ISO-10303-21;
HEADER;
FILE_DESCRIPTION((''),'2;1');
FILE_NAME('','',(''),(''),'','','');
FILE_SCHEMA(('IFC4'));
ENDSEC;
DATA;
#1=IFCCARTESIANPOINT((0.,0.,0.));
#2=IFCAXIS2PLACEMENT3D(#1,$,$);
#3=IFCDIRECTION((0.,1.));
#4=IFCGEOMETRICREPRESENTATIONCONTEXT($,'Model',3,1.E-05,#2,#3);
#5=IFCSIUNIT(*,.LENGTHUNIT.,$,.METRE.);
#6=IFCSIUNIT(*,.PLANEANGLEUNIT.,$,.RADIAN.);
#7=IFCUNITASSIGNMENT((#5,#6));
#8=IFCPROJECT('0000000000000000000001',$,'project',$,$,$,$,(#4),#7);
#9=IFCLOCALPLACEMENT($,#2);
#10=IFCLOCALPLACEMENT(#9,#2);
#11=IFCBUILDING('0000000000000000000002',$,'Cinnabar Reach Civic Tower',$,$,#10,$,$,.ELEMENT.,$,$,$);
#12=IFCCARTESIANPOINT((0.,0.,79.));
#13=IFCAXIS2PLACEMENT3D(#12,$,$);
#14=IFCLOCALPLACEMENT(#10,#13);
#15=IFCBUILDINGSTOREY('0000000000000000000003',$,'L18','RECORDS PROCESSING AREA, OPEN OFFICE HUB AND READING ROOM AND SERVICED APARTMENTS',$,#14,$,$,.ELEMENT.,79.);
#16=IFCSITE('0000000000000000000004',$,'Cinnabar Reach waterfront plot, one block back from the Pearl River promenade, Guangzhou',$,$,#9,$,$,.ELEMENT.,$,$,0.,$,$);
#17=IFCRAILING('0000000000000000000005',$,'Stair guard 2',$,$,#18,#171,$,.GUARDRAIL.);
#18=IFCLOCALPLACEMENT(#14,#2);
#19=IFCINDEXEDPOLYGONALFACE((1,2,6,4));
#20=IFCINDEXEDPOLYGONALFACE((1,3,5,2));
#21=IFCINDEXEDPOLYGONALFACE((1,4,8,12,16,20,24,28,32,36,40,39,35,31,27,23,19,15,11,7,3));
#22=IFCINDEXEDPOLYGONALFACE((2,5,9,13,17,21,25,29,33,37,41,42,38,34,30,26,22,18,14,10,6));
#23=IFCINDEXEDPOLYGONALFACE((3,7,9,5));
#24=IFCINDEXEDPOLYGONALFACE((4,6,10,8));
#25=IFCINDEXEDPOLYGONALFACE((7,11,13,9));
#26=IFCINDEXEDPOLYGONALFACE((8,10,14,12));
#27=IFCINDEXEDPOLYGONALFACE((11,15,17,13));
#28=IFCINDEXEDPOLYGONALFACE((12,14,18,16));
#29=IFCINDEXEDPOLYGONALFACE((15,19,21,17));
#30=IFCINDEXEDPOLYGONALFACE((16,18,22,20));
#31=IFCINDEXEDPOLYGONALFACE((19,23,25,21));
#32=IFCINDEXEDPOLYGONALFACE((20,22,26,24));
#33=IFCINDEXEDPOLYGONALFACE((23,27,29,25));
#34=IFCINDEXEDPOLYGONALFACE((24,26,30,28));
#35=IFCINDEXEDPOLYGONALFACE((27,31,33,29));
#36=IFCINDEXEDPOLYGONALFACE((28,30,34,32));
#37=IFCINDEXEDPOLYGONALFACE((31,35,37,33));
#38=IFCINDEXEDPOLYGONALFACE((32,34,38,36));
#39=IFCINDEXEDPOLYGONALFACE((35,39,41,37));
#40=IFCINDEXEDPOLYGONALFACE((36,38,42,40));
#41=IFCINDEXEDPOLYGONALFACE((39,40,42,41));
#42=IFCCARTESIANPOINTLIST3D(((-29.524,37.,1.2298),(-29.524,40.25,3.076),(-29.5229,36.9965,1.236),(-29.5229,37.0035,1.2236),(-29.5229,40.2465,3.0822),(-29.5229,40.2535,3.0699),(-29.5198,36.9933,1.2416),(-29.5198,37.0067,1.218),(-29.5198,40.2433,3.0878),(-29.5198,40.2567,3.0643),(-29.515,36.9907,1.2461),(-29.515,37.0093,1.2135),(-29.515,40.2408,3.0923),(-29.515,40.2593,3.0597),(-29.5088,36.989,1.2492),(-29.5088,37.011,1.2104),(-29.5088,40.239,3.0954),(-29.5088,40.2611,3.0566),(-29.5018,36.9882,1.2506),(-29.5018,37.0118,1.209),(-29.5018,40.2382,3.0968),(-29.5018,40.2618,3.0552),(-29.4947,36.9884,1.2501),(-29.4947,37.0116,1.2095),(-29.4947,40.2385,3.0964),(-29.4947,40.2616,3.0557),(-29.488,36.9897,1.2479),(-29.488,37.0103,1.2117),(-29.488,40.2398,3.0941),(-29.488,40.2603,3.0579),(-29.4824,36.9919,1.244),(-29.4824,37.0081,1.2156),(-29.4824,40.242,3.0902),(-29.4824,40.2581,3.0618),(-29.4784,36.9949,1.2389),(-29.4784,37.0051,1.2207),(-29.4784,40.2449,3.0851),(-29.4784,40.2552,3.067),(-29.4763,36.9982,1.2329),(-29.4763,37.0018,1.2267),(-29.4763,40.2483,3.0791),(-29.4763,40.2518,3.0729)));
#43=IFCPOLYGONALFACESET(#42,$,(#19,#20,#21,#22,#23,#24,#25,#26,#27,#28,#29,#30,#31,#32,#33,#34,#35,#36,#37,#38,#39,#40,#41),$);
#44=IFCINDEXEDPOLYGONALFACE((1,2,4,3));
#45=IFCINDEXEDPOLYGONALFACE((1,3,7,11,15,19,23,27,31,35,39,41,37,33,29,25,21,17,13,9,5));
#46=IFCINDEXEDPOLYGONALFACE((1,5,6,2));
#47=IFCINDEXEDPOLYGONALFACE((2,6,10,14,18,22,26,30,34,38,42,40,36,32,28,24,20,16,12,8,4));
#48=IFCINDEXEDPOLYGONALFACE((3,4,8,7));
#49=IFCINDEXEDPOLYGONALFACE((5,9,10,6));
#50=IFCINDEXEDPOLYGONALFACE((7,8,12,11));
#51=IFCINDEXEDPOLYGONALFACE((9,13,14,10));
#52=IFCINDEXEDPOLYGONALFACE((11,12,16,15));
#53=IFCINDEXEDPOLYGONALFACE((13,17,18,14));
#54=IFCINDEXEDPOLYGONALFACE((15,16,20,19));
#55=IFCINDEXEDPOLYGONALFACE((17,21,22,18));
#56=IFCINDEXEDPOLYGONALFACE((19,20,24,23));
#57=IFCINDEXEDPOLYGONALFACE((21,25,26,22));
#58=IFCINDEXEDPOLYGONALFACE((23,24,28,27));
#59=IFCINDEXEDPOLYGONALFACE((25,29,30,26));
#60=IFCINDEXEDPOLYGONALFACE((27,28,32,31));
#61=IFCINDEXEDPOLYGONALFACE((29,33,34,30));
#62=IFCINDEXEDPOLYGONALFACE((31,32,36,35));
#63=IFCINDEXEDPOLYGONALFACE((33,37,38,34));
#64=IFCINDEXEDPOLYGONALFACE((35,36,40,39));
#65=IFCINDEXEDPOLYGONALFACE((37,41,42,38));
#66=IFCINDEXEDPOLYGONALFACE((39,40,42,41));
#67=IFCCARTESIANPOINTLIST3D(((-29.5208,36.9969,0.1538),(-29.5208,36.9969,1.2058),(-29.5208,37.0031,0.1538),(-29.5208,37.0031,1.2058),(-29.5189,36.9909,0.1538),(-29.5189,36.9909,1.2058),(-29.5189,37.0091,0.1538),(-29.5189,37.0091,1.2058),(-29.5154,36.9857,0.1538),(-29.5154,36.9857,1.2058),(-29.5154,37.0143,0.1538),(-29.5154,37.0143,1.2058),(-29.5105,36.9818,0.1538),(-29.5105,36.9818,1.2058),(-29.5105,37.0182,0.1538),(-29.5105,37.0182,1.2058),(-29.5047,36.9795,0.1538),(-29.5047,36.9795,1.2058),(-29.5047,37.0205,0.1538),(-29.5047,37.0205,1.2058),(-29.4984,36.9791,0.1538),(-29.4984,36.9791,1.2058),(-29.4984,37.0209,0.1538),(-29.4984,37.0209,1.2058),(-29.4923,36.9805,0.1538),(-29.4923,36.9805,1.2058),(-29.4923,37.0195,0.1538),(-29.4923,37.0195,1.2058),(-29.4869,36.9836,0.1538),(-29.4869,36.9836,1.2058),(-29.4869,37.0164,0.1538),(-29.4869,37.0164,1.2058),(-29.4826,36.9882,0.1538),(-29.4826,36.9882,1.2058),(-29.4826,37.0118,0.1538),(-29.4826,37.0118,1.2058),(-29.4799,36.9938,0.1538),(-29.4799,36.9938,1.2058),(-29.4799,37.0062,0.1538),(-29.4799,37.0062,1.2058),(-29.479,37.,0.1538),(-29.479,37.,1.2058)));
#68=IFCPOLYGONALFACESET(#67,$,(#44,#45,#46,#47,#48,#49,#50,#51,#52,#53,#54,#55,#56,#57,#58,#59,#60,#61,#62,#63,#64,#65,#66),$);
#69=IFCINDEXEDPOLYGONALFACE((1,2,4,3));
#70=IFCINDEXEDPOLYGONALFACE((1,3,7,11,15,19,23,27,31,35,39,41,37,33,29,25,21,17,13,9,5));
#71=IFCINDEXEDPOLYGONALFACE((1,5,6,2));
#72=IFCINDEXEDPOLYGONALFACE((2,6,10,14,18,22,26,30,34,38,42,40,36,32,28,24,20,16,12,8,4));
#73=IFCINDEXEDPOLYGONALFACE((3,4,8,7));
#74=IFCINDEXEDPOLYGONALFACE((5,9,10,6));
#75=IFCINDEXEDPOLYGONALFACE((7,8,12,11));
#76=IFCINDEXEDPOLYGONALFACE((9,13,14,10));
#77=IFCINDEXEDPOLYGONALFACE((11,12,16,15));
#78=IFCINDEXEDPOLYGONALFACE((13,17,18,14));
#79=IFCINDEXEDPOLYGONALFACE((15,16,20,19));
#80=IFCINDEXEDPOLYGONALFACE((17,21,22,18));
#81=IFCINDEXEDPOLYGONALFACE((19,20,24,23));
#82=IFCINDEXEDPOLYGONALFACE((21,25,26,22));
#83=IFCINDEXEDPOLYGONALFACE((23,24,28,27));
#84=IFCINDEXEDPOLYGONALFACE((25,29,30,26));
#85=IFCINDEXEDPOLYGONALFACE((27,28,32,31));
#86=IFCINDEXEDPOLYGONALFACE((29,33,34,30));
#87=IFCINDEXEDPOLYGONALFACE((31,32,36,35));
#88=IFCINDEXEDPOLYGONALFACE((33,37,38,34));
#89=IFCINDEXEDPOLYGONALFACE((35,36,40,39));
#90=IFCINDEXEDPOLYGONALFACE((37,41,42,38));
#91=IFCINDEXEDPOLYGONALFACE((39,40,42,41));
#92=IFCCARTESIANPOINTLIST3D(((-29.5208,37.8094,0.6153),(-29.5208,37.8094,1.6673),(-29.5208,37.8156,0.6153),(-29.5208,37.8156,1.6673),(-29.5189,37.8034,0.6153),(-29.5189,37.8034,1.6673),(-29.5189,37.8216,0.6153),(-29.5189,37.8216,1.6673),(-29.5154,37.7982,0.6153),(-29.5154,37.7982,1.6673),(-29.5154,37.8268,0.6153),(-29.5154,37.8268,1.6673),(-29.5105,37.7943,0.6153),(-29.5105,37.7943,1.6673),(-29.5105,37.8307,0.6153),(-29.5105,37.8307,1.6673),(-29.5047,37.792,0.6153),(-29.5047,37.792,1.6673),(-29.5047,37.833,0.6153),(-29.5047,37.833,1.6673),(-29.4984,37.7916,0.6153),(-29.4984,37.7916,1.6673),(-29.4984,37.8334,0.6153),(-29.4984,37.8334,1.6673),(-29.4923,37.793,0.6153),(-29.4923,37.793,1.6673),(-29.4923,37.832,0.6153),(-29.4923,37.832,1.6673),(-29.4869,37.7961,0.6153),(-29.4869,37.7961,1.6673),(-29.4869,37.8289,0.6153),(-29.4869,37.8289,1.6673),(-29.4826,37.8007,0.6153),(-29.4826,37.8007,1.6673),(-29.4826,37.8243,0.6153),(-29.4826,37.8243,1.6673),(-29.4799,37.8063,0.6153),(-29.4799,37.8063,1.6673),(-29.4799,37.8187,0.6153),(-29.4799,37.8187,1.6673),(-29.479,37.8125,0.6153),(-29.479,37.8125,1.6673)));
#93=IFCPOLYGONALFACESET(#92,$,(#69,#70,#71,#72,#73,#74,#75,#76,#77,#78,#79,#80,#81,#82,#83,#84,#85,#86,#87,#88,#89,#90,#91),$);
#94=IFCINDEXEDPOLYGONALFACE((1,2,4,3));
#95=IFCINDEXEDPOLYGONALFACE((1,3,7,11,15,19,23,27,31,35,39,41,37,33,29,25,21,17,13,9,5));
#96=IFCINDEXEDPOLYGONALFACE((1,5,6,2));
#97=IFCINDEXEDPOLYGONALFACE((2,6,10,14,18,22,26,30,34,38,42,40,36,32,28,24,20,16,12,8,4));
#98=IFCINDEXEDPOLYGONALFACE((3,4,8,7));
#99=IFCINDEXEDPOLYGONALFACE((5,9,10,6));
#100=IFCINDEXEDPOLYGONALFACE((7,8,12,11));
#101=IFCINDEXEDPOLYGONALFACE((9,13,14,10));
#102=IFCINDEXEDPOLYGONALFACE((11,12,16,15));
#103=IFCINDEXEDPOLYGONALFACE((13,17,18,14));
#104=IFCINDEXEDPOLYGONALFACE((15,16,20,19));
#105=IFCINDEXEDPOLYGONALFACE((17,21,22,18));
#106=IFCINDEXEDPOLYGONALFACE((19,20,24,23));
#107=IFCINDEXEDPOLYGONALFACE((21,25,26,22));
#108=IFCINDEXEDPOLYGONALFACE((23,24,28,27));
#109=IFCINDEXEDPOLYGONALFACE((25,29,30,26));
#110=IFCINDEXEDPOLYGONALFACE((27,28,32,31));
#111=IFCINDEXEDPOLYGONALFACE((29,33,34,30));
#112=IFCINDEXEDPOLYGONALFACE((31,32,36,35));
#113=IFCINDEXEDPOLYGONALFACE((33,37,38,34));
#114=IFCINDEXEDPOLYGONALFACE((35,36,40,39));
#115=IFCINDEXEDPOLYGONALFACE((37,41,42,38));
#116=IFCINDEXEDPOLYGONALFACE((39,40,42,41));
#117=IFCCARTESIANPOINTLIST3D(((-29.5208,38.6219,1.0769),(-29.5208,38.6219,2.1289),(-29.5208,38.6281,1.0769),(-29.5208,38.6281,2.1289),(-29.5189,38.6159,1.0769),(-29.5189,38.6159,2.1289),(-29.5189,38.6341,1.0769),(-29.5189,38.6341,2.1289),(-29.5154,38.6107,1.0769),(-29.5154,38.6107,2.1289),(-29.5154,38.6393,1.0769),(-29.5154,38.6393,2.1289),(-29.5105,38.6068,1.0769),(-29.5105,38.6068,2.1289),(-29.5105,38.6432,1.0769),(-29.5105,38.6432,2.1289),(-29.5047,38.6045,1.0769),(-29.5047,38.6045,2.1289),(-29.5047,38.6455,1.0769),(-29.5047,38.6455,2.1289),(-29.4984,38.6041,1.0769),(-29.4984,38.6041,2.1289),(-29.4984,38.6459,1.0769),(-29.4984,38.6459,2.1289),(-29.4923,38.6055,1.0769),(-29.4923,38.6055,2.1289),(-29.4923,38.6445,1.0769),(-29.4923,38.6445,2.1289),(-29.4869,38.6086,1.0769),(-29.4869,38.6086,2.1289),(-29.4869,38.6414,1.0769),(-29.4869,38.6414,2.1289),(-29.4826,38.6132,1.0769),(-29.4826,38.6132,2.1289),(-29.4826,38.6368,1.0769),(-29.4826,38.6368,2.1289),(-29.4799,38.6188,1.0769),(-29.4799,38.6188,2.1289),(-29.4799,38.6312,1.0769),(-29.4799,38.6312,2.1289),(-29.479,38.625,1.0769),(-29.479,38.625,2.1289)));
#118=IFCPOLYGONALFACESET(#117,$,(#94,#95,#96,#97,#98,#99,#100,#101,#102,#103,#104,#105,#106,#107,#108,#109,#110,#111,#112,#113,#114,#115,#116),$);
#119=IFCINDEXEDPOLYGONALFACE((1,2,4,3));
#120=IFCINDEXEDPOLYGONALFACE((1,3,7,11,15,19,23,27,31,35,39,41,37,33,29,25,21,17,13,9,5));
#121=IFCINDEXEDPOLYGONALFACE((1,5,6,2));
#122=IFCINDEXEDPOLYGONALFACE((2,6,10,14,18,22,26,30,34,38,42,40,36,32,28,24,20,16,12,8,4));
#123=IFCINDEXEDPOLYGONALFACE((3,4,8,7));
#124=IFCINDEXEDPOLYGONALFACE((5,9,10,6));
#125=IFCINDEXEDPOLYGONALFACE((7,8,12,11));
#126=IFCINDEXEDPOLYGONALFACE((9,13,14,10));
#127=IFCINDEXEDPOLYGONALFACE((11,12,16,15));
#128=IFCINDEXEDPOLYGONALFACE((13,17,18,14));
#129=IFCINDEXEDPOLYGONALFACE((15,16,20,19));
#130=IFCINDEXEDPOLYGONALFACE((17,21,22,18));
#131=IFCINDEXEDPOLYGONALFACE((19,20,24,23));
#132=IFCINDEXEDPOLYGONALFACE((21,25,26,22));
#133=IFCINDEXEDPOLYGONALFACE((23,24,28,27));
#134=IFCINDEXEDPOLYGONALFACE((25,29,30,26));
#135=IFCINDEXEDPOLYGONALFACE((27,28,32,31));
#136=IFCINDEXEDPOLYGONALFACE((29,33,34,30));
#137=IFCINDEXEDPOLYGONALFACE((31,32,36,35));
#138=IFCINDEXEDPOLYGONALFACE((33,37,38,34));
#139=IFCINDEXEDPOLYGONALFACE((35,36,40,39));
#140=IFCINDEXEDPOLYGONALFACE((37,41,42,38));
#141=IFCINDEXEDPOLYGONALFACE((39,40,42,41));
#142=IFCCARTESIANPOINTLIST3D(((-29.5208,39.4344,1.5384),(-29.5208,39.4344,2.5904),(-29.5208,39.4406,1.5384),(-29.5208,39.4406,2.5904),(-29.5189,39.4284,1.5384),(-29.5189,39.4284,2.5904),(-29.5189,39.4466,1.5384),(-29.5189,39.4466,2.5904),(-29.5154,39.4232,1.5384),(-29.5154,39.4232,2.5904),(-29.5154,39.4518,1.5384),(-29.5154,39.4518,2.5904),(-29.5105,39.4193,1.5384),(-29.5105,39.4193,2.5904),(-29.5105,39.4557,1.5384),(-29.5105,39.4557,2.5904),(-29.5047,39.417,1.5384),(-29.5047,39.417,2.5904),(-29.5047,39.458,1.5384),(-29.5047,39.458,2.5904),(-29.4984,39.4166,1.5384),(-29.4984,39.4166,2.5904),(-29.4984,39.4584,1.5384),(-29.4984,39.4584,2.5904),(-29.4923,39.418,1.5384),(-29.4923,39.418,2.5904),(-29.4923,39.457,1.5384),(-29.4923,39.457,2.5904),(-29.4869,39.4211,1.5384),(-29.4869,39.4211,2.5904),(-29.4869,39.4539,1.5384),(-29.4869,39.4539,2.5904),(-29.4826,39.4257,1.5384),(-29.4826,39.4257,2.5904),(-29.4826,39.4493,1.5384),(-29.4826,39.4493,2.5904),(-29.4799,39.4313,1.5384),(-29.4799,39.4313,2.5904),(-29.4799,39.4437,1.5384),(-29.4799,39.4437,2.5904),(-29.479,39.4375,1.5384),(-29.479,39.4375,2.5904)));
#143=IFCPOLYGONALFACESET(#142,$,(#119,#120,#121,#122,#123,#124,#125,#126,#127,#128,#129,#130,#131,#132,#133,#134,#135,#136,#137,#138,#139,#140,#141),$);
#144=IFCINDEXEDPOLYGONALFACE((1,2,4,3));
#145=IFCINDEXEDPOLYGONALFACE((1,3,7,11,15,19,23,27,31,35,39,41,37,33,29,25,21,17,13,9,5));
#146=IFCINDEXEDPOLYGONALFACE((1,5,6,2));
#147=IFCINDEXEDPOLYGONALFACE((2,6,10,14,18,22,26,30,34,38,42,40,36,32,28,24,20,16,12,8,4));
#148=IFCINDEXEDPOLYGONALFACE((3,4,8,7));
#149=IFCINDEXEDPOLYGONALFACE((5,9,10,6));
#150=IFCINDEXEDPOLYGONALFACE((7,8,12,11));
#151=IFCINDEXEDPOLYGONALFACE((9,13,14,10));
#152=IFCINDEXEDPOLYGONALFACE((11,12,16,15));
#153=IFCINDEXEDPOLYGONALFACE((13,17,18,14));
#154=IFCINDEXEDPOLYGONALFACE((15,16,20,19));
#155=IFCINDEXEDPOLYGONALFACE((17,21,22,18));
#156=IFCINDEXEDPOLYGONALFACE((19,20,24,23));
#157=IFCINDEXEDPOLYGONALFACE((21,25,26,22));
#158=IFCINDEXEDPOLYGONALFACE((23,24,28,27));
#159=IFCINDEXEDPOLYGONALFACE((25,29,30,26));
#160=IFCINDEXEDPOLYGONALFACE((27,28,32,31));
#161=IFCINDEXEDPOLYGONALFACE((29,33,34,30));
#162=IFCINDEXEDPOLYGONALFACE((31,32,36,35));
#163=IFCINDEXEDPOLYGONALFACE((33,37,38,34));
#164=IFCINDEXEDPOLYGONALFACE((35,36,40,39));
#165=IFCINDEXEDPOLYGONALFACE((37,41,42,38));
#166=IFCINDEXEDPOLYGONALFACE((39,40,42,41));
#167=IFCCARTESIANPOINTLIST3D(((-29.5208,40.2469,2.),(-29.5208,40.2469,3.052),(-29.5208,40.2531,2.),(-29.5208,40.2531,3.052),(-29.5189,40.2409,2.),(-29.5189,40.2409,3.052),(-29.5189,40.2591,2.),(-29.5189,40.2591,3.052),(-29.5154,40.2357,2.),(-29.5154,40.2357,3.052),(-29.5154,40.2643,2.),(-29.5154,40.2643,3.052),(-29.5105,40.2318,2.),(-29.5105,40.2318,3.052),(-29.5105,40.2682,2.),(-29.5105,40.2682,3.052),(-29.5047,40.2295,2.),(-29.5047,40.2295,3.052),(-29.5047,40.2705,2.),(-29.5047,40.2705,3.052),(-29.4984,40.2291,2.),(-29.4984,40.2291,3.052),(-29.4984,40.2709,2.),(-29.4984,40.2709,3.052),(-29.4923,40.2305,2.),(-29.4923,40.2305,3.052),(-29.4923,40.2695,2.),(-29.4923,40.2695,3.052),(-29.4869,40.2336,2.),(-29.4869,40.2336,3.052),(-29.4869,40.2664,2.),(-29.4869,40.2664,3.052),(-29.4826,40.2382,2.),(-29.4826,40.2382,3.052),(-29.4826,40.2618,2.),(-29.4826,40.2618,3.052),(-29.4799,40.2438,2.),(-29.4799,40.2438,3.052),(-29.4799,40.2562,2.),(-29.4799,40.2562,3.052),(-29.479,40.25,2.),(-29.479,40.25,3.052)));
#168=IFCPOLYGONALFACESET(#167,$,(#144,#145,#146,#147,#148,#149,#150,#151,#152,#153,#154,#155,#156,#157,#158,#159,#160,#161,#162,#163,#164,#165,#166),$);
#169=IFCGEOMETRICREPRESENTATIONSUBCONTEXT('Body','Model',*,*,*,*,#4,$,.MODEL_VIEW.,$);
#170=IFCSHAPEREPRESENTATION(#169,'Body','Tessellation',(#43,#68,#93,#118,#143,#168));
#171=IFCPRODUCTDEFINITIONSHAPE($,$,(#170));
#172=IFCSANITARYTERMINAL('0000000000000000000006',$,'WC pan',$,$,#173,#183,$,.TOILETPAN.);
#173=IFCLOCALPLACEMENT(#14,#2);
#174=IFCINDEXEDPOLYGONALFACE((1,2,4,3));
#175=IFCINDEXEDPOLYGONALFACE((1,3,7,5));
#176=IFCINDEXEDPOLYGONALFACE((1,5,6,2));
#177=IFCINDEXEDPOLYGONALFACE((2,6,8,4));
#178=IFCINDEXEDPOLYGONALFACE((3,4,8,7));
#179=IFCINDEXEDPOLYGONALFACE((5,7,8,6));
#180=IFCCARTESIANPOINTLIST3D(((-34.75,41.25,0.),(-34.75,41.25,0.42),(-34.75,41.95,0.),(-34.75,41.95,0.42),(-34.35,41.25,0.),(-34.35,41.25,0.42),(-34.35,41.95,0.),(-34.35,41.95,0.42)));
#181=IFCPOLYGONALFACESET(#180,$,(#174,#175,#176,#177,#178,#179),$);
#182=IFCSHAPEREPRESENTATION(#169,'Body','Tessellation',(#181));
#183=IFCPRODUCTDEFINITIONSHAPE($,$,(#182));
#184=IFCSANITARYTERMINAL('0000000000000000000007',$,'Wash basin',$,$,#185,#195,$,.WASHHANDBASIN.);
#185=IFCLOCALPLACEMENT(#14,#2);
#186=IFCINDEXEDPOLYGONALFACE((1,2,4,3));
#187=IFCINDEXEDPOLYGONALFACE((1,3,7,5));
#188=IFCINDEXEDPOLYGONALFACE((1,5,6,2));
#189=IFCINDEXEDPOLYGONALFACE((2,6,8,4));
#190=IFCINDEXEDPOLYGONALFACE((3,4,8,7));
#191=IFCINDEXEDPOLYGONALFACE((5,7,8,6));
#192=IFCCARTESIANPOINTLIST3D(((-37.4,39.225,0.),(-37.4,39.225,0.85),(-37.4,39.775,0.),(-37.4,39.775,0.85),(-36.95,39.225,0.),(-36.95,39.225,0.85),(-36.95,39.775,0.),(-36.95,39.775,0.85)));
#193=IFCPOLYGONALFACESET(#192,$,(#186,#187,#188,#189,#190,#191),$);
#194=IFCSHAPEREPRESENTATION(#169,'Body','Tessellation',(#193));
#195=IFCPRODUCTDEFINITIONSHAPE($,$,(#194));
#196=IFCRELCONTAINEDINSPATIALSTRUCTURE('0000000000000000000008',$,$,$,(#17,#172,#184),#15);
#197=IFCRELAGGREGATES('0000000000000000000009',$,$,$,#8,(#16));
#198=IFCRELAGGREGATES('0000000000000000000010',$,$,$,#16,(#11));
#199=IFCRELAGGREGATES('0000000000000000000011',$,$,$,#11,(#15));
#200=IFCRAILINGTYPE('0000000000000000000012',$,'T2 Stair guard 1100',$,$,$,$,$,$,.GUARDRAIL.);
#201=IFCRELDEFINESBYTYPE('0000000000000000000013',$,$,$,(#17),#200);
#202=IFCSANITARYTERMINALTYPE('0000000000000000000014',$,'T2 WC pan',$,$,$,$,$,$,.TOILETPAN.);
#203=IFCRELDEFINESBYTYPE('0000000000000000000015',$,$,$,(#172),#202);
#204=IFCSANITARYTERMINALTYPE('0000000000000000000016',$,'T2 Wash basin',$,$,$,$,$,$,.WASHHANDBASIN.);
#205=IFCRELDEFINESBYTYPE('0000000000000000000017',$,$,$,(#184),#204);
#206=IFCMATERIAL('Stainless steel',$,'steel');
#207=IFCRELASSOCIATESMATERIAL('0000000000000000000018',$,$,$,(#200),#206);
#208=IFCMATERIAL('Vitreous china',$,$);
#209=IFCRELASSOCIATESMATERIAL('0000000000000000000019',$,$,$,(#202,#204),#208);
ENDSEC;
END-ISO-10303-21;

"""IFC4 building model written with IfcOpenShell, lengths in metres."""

from ifc_helpers import new_model, si_unit, direction, frame, origin, origin_2d, place, context, subcontext, project, spatial, rectangle, circle, extrude, material, type_object, element, save


model = new_model("IFC4")

# Units and contexts
model_context = context("Model", 3, precision=1e-05, world=origin(), true_north=direction((0.0, 1.0)))
body_context = subcontext(model_context, "Body", "Model", "MODEL_VIEW")
ifc_project = project(units=[si_unit("LENGTHUNIT", "METRE"), si_unit("PLANEANGLEUNIT", "RADIAN")], contexts=[model_context])

# Site, building, storey
site_placement = place(None, origin())
site = spatial("IfcSite", under=ifc_project, at=site_placement, Name="Cinnabar Reach waterfront plot, one block back from the Pearl River promenade, Guangzhou", CompositionType="ELEMENT", RefElevation=0.0)
building_placement = place(site_placement, origin())
building = spatial("IfcBuilding", under=site, at=building_placement, Name="Cinnabar Reach Civic Tower", CompositionType="ELEMENT")
storey_placement = place(building_placement, frame((0.0, 0.0, 79.0)))
storey = spatial("IfcBuildingStorey", under=building, at=storey_placement, Name="L18", Description="RECORDS PROCESSING AREA, OPEN OFFICE HUB AND READING ROOM AND SERVICED APARTMENTS", CompositionType="ELEMENT", Elevation=79.0)

# Railing
ifc_material_1 = material(Name="Stainless steel", Category="steel")
railing_type = type_object("IfcRailingType", Name="T2 Stair guard 1100", PredefinedType="GUARDRAIL", material=ifc_material_1)
railing_1_placement = place(storey_placement, frame((-29.5, 37.0, 0.1538)))
element("IfcRailing", 1, at=railing_1_placement, inside=storey, type_object=railing_type, Name="Stair guard 2", PredefinedType="GUARDRAIL", context=body_context, shape_type="SweptSolid", body=[
    extrude(circle(Radius=0.024, at=origin_2d()), frame((0.0, 0.0, 1.076), z_axis=(0.0, 0.869501, 0.49393), x_axis=(-1.0, 0.0, 0.0)), (0.0, 0.0, 1.0), 3.7378),
    extrude(circle(Radius=0.021, at=origin_2d()), origin(), (0.0, 0.0, 1.0), 1.052),
    extrude(circle(Radius=0.021, at=origin_2d()), frame((0.0, 0.8125, 0.4615)), (0.0, 0.0, 1.0), 1.052),
    extrude(circle(Radius=0.021, at=origin_2d()), frame((0.0, 1.625, 0.9231)), (0.0, 0.0, 1.0), 1.052),
    extrude(circle(Radius=0.021, at=origin_2d()), frame((0.0, 2.4375, 1.3846)), (0.0, 0.0, 1.0), 1.052),
    extrude(circle(Radius=0.021, at=origin_2d()), frame((0.0, 3.25, 1.8462)), (0.0, 0.0, 1.0), 1.052),
])

# Sanitary terminals
ifc_material_2 = material(Name="Vitreous china")
sanitary_terminal_type_1 = type_object("IfcSanitaryTerminalType", Name="T2 WC pan", PredefinedType="TOILETPAN", material=ifc_material_2)
sanitary_terminal_1_placement = place(storey_placement, frame((-34.55, 41.6, 0.0), z_axis=(0.0, 0.0, 1.0), x_axis=(1.0, 0.0, 0.0)))
element("IfcSanitaryTerminal", 2, at=sanitary_terminal_1_placement, inside=storey, type_object=sanitary_terminal_type_1, Name="WC pan", PredefinedType="TOILETPAN", context=body_context, shape_type="SweptSolid", body=[
    extrude(rectangle(XDim=0.4, YDim=0.7, at=origin_2d()), origin(), (0.0, 0.0, 1.0), 0.42),
])
sanitary_terminal_type_2 = type_object("IfcSanitaryTerminalType", Name="T2 Wash basin", PredefinedType="WASHHANDBASIN", material=ifc_material_2)
sanitary_terminal_2_placement = place(storey_placement, frame((-37.175, 39.5, 0.0), z_axis=(0.0, 0.0, 1.0), x_axis=(1.0, 0.0, 0.0)))
element("IfcSanitaryTerminal", 3, at=sanitary_terminal_2_placement, inside=storey, type_object=sanitary_terminal_type_2, Name="Wash basin", PredefinedType="WASHHANDBASIN", context=body_context, shape_type="SweptSolid", body=[
    extrude(rectangle(XDim=0.45, YDim=0.55, at=origin_2d()), origin(), (0.0, 0.0, 1.0), 0.85),
])

save(model, "model.ifc")
